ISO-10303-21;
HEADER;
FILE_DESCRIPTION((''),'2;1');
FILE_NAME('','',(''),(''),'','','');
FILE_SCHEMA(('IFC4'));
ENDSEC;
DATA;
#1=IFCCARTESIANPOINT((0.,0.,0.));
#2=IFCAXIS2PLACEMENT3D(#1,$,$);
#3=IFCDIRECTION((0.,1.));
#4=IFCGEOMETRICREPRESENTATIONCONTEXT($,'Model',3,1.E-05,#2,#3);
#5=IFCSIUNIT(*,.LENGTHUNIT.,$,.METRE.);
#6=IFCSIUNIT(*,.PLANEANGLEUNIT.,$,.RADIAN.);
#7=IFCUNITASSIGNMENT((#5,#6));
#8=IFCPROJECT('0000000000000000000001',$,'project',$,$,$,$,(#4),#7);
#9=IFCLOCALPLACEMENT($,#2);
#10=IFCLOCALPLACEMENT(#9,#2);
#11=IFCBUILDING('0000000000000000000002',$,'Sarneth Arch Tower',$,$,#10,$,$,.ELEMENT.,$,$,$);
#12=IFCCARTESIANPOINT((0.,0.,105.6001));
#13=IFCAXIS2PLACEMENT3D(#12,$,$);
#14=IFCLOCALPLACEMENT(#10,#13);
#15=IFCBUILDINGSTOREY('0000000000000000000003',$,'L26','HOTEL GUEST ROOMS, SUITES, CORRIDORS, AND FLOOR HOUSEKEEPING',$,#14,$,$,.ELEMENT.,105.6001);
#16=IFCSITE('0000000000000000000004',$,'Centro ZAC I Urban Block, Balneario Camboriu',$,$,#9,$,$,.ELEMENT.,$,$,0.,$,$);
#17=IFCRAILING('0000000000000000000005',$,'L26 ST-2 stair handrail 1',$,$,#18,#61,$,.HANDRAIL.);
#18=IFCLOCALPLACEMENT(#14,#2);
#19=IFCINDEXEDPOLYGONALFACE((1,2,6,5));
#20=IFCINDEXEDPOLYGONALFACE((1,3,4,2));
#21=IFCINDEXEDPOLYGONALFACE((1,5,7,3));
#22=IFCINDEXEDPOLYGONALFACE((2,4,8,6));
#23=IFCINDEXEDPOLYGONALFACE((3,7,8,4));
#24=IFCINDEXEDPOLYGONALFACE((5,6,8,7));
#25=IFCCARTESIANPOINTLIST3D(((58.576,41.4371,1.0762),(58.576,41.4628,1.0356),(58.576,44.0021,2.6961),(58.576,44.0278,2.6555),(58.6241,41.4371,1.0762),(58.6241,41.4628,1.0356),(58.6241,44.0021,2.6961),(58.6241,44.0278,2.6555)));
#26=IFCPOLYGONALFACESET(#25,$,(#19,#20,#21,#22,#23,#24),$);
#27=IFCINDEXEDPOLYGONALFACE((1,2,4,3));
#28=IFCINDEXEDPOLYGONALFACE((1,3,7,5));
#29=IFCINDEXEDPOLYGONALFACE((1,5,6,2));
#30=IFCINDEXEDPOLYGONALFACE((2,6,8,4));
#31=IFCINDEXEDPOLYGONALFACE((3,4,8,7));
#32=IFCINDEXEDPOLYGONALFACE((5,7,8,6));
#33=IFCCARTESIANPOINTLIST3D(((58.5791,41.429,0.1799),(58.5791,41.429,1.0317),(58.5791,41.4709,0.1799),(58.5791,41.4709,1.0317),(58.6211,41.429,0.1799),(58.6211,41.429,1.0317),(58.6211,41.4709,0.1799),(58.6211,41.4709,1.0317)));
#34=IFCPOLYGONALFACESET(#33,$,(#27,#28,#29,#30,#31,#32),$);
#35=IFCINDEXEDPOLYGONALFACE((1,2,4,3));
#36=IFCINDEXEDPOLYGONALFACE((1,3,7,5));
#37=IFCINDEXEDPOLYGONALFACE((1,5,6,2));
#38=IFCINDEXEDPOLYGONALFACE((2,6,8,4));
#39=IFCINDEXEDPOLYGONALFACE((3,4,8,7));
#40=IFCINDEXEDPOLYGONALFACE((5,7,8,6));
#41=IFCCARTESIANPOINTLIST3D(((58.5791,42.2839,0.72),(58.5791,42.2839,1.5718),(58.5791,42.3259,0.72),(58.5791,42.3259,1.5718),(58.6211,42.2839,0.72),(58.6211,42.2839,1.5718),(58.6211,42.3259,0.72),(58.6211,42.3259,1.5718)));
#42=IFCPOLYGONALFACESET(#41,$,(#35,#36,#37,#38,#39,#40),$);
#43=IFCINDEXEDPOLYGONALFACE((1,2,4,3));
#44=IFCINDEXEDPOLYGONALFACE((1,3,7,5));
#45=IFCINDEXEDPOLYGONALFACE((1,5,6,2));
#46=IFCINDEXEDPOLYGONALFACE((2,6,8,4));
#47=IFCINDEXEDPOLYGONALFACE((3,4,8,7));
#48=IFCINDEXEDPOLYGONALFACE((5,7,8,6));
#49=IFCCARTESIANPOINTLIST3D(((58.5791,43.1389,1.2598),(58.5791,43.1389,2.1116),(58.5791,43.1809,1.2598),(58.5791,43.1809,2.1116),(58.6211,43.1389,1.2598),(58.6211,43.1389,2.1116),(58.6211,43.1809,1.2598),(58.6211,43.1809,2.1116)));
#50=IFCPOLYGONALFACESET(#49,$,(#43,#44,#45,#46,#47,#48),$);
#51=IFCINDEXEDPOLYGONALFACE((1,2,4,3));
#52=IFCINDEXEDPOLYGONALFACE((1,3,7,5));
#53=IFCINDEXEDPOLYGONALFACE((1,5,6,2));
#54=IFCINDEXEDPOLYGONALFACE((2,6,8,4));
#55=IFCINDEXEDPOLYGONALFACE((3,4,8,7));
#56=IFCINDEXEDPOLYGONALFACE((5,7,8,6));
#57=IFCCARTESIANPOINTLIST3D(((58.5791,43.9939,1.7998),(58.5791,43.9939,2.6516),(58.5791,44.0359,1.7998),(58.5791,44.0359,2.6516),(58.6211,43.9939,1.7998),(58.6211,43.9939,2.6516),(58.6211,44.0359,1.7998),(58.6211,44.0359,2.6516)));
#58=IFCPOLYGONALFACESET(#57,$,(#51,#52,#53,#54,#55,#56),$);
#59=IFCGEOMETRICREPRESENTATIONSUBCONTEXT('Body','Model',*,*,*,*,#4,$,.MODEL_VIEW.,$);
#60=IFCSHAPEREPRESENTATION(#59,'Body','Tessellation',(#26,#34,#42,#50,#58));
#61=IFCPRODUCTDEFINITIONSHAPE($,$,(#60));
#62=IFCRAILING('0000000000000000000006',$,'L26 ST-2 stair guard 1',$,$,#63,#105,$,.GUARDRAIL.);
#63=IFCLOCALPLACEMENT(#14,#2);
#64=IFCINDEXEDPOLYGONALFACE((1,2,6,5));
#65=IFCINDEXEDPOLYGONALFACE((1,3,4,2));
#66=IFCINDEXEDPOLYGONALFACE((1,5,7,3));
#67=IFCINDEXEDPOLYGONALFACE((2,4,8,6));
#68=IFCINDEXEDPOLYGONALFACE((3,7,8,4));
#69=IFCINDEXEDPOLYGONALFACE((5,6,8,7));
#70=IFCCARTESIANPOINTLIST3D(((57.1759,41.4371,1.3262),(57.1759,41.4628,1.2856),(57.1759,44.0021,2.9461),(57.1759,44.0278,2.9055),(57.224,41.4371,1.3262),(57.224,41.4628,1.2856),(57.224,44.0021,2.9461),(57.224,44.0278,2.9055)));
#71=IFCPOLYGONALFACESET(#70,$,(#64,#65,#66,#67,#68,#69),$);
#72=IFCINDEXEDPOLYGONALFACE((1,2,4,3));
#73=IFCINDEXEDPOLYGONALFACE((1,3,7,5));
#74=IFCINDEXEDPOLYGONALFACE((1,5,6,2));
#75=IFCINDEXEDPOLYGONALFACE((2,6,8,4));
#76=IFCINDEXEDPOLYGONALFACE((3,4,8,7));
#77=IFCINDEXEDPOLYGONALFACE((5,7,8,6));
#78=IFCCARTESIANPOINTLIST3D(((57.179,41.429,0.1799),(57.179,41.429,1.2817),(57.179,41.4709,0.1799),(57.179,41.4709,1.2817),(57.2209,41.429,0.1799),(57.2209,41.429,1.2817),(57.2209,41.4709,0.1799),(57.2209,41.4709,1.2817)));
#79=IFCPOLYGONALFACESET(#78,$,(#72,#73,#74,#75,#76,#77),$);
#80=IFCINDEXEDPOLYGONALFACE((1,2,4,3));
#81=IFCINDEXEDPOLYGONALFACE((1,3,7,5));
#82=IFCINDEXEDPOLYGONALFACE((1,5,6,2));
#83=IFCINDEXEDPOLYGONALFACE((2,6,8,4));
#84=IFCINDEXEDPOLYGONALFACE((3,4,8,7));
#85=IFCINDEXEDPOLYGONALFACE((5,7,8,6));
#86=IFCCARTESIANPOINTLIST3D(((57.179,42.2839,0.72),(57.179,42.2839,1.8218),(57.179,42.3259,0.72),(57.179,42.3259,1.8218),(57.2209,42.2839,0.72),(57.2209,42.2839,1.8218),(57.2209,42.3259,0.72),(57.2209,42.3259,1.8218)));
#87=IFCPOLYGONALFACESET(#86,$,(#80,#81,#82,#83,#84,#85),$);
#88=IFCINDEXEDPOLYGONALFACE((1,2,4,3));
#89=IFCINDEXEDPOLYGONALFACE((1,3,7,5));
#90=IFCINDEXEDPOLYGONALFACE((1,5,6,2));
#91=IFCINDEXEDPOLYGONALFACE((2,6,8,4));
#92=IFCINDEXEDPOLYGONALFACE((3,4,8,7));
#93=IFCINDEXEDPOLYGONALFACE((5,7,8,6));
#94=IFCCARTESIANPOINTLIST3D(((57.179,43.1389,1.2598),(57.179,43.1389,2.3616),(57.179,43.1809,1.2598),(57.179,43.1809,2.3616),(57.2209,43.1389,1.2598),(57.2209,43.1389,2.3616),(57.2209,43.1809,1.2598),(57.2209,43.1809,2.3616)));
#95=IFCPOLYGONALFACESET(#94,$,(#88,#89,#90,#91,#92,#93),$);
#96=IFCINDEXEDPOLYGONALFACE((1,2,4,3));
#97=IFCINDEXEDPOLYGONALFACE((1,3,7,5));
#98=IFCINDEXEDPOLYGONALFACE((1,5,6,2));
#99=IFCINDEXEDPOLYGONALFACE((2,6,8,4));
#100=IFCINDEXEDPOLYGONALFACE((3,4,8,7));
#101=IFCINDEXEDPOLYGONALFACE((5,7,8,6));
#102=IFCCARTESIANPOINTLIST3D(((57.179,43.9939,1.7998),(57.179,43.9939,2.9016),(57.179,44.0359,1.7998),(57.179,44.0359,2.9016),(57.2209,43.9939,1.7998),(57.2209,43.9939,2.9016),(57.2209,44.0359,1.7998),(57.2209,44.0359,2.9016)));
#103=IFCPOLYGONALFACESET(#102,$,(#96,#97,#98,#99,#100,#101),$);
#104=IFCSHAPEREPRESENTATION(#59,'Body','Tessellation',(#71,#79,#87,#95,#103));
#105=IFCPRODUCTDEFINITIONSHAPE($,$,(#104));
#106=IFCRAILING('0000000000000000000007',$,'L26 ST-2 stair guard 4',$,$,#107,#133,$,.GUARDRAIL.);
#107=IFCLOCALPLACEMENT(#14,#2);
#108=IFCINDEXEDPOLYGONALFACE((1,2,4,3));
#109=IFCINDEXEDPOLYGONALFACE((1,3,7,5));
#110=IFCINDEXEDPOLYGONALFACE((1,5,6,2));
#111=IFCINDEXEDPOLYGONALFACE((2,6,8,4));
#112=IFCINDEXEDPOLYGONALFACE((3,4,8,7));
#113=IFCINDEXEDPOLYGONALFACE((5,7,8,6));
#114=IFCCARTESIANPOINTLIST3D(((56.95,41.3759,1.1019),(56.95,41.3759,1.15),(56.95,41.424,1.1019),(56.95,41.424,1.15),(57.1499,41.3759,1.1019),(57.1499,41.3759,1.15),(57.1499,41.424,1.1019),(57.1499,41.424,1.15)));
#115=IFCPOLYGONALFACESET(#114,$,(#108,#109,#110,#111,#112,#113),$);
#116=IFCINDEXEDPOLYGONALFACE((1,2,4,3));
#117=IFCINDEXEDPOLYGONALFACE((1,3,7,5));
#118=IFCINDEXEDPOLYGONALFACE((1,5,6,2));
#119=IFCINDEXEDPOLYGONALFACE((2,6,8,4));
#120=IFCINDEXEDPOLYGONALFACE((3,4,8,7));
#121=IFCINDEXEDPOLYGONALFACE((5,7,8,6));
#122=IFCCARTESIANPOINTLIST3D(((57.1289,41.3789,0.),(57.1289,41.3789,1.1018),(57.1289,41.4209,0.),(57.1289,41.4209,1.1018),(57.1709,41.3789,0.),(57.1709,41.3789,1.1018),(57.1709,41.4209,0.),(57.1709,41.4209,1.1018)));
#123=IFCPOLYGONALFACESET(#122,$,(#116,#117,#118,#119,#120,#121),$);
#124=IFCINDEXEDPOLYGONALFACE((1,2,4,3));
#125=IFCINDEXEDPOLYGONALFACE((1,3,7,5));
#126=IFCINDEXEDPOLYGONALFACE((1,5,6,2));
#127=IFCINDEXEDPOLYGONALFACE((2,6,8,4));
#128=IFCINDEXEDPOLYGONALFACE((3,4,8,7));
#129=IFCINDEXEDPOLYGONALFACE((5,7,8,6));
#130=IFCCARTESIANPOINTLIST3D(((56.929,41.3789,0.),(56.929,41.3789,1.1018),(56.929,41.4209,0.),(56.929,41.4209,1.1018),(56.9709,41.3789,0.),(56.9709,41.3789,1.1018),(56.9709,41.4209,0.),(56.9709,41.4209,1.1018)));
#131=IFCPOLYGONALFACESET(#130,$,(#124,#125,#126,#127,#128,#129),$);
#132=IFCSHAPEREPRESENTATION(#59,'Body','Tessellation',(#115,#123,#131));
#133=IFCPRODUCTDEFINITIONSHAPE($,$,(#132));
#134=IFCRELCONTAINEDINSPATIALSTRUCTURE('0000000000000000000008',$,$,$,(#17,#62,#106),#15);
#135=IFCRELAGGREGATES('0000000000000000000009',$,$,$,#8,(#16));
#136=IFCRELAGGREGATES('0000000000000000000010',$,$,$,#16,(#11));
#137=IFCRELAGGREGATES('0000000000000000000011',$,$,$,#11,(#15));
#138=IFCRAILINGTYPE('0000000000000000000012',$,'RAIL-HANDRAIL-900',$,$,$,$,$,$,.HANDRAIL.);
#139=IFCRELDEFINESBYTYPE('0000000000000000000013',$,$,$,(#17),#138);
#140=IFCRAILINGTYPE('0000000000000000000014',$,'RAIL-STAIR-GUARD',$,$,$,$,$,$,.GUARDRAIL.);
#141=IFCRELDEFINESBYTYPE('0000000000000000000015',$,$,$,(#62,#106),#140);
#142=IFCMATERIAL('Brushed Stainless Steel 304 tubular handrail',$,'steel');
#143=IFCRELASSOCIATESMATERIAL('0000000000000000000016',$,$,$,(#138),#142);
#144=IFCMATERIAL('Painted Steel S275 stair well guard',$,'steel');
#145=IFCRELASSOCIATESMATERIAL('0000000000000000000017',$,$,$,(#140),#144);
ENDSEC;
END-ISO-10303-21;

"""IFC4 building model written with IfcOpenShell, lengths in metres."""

from ifc_helpers import new_model, si_unit, direction, frame, origin, origin_2d, place, context, subcontext, project, spatial, rectangle, extrude, material, type_object, element, save


model = new_model("IFC4")

# Units and contexts
model_context = context("Model", 3, precision=1e-05, world=origin(), true_north=direction((0.0, 1.0)))
body_context = subcontext(model_context, "Body", "Model", "MODEL_VIEW")
ifc_project = project(units=[si_unit("LENGTHUNIT", "METRE"), si_unit("PLANEANGLEUNIT", "RADIAN")], contexts=[model_context])

# Site, building, storey
site_placement = place(None, origin())
site = spatial("IfcSite", under=ifc_project, at=site_placement, Name="Centro ZAC I Urban Block, Balneario Camboriu", CompositionType="ELEMENT", RefElevation=0.0)
building_placement = place(site_placement, origin())
building = spatial("IfcBuilding", under=site, at=building_placement, Name="Sarneth Arch Tower", CompositionType="ELEMENT")
storey_placement = place(building_placement, frame((0.0, 0.0, 105.6001)))
storey = spatial("IfcBuildingStorey", under=building, at=storey_placement, Name="L26", Description="HOTEL GUEST ROOMS, SUITES, CORRIDORS, AND FLOOR HOUSEKEEPING", CompositionType="ELEMENT", Elevation=105.6001)

# Railings
ifc_material_1 = material(Name="Brushed Stainless Steel 304 tubular handrail", Category="steel")
railing_type_1 = type_object("IfcRailingType", Name="RAIL-HANDRAIL-900", PredefinedType="HANDRAIL", material=ifc_material_1)
railing_1_placement = place(storey_placement, frame((58.6001, 41.45, 0.1799)))
element("IfcRailing", 1, at=railing_1_placement, inside=storey, type_object=railing_type_1, Name="L26 ST-2 stair handrail 1", PredefinedType="HANDRAIL", context=body_context, shape_type="SweptSolid", body=[
    extrude(rectangle(XDim=0.0481, YDim=0.0481, at=origin_2d()), frame((0.0, 0.0, 0.876), z_axis=(0.0, 0.845502, 0.533972), x_axis=(-1.0, 0.0, 0.0)), (0.0, 0.0, 1.0), 3.0337),
    extrude(rectangle(XDim=0.042, YDim=0.042, at=origin_2d()), origin(), (0.0, 0.0, 1.0), 0.8518),
    extrude(rectangle(XDim=0.042, YDim=0.042, at=origin_2d()), frame((0.0, 0.855, 0.54)), (0.0, 0.0, 1.0), 0.8518),
    extrude(rectangle(XDim=0.042, YDim=0.042, at=origin_2d()), frame((0.0, 1.71, 1.0798)), (0.0, 0.0, 1.0), 0.8518),
    extrude(rectangle(XDim=0.042, YDim=0.042, at=origin_2d()), frame((0.0, 2.5649, 1.6199)), (0.0, 0.0, 1.0), 0.8518),
])
ifc_material_2 = material(Name="Painted Steel S275 stair well guard", Category="steel")
railing_type_2 = type_object("IfcRailingType", Name="RAIL-STAIR-GUARD", PredefinedType="GUARDRAIL", material=ifc_material_2)
railing_2_placement = place(storey_placement, frame((57.2, 41.45, 0.1799)))
element("IfcRailing", 2, at=railing_2_placement, inside=storey, type_object=railing_type_2, Name="L26 ST-2 stair guard 1", PredefinedType="GUARDRAIL", context=body_context, shape_type="SweptSolid", body=[
    extrude(rectangle(XDim=0.0481, YDim=0.0481, at=origin_2d()), frame((0.0, 0.0, 1.126), z_axis=(0.0, 0.845502, 0.533972), x_axis=(-1.0, 0.0, 0.0)), (0.0, 0.0, 1.0), 3.0337),
    extrude(rectangle(XDim=0.042, YDim=0.042, at=origin_2d()), origin(), (0.0, 0.0, 1.0), 1.1018),
    extrude(rectangle(XDim=0.042, YDim=0.042, at=origin_2d()), frame((0.0, 0.855, 0.54)), (0.0, 0.0, 1.0), 1.1018),
    extrude(rectangle(XDim=0.042, YDim=0.042, at=origin_2d()), frame((0.0, 1.71, 1.0798)), (0.0, 0.0, 1.0), 1.1018),
    extrude(rectangle(XDim=0.042, YDim=0.042, at=origin_2d()), frame((0.0, 2.5649, 1.6199)), (0.0, 0.0, 1.0), 1.1018),
])
railing_3_placement = place(storey_placement, frame((57.1499, 41.3999, 0.0)))
element("IfcRailing", 3, at=railing_3_placement, inside=storey, type_object=railing_type_2, Name="L26 ST-2 stair guard 4", PredefinedType="GUARDRAIL", context=body_context, shape_type="SweptSolid", body=[
    extrude(rectangle(XDim=0.0481, YDim=0.0481, at=origin_2d()), frame((0.0, 0.0, 1.126), z_axis=(-1.0, 0.0, 0.0), x_axis=(0.0, -1.0, 0.0)), (0.0, 0.0, 1.0), 0.2),
    extrude(rectangle(XDim=0.042, YDim=0.042, at=origin_2d()), origin(), (0.0, 0.0, 1.0), 1.1018),
    extrude(rectangle(XDim=0.042, YDim=0.042, at=origin_2d()), frame((-0.2, 0.0, 0.0)), (0.0, 0.0, 1.0), 1.1018),
])

save(model, "model.ifc")
